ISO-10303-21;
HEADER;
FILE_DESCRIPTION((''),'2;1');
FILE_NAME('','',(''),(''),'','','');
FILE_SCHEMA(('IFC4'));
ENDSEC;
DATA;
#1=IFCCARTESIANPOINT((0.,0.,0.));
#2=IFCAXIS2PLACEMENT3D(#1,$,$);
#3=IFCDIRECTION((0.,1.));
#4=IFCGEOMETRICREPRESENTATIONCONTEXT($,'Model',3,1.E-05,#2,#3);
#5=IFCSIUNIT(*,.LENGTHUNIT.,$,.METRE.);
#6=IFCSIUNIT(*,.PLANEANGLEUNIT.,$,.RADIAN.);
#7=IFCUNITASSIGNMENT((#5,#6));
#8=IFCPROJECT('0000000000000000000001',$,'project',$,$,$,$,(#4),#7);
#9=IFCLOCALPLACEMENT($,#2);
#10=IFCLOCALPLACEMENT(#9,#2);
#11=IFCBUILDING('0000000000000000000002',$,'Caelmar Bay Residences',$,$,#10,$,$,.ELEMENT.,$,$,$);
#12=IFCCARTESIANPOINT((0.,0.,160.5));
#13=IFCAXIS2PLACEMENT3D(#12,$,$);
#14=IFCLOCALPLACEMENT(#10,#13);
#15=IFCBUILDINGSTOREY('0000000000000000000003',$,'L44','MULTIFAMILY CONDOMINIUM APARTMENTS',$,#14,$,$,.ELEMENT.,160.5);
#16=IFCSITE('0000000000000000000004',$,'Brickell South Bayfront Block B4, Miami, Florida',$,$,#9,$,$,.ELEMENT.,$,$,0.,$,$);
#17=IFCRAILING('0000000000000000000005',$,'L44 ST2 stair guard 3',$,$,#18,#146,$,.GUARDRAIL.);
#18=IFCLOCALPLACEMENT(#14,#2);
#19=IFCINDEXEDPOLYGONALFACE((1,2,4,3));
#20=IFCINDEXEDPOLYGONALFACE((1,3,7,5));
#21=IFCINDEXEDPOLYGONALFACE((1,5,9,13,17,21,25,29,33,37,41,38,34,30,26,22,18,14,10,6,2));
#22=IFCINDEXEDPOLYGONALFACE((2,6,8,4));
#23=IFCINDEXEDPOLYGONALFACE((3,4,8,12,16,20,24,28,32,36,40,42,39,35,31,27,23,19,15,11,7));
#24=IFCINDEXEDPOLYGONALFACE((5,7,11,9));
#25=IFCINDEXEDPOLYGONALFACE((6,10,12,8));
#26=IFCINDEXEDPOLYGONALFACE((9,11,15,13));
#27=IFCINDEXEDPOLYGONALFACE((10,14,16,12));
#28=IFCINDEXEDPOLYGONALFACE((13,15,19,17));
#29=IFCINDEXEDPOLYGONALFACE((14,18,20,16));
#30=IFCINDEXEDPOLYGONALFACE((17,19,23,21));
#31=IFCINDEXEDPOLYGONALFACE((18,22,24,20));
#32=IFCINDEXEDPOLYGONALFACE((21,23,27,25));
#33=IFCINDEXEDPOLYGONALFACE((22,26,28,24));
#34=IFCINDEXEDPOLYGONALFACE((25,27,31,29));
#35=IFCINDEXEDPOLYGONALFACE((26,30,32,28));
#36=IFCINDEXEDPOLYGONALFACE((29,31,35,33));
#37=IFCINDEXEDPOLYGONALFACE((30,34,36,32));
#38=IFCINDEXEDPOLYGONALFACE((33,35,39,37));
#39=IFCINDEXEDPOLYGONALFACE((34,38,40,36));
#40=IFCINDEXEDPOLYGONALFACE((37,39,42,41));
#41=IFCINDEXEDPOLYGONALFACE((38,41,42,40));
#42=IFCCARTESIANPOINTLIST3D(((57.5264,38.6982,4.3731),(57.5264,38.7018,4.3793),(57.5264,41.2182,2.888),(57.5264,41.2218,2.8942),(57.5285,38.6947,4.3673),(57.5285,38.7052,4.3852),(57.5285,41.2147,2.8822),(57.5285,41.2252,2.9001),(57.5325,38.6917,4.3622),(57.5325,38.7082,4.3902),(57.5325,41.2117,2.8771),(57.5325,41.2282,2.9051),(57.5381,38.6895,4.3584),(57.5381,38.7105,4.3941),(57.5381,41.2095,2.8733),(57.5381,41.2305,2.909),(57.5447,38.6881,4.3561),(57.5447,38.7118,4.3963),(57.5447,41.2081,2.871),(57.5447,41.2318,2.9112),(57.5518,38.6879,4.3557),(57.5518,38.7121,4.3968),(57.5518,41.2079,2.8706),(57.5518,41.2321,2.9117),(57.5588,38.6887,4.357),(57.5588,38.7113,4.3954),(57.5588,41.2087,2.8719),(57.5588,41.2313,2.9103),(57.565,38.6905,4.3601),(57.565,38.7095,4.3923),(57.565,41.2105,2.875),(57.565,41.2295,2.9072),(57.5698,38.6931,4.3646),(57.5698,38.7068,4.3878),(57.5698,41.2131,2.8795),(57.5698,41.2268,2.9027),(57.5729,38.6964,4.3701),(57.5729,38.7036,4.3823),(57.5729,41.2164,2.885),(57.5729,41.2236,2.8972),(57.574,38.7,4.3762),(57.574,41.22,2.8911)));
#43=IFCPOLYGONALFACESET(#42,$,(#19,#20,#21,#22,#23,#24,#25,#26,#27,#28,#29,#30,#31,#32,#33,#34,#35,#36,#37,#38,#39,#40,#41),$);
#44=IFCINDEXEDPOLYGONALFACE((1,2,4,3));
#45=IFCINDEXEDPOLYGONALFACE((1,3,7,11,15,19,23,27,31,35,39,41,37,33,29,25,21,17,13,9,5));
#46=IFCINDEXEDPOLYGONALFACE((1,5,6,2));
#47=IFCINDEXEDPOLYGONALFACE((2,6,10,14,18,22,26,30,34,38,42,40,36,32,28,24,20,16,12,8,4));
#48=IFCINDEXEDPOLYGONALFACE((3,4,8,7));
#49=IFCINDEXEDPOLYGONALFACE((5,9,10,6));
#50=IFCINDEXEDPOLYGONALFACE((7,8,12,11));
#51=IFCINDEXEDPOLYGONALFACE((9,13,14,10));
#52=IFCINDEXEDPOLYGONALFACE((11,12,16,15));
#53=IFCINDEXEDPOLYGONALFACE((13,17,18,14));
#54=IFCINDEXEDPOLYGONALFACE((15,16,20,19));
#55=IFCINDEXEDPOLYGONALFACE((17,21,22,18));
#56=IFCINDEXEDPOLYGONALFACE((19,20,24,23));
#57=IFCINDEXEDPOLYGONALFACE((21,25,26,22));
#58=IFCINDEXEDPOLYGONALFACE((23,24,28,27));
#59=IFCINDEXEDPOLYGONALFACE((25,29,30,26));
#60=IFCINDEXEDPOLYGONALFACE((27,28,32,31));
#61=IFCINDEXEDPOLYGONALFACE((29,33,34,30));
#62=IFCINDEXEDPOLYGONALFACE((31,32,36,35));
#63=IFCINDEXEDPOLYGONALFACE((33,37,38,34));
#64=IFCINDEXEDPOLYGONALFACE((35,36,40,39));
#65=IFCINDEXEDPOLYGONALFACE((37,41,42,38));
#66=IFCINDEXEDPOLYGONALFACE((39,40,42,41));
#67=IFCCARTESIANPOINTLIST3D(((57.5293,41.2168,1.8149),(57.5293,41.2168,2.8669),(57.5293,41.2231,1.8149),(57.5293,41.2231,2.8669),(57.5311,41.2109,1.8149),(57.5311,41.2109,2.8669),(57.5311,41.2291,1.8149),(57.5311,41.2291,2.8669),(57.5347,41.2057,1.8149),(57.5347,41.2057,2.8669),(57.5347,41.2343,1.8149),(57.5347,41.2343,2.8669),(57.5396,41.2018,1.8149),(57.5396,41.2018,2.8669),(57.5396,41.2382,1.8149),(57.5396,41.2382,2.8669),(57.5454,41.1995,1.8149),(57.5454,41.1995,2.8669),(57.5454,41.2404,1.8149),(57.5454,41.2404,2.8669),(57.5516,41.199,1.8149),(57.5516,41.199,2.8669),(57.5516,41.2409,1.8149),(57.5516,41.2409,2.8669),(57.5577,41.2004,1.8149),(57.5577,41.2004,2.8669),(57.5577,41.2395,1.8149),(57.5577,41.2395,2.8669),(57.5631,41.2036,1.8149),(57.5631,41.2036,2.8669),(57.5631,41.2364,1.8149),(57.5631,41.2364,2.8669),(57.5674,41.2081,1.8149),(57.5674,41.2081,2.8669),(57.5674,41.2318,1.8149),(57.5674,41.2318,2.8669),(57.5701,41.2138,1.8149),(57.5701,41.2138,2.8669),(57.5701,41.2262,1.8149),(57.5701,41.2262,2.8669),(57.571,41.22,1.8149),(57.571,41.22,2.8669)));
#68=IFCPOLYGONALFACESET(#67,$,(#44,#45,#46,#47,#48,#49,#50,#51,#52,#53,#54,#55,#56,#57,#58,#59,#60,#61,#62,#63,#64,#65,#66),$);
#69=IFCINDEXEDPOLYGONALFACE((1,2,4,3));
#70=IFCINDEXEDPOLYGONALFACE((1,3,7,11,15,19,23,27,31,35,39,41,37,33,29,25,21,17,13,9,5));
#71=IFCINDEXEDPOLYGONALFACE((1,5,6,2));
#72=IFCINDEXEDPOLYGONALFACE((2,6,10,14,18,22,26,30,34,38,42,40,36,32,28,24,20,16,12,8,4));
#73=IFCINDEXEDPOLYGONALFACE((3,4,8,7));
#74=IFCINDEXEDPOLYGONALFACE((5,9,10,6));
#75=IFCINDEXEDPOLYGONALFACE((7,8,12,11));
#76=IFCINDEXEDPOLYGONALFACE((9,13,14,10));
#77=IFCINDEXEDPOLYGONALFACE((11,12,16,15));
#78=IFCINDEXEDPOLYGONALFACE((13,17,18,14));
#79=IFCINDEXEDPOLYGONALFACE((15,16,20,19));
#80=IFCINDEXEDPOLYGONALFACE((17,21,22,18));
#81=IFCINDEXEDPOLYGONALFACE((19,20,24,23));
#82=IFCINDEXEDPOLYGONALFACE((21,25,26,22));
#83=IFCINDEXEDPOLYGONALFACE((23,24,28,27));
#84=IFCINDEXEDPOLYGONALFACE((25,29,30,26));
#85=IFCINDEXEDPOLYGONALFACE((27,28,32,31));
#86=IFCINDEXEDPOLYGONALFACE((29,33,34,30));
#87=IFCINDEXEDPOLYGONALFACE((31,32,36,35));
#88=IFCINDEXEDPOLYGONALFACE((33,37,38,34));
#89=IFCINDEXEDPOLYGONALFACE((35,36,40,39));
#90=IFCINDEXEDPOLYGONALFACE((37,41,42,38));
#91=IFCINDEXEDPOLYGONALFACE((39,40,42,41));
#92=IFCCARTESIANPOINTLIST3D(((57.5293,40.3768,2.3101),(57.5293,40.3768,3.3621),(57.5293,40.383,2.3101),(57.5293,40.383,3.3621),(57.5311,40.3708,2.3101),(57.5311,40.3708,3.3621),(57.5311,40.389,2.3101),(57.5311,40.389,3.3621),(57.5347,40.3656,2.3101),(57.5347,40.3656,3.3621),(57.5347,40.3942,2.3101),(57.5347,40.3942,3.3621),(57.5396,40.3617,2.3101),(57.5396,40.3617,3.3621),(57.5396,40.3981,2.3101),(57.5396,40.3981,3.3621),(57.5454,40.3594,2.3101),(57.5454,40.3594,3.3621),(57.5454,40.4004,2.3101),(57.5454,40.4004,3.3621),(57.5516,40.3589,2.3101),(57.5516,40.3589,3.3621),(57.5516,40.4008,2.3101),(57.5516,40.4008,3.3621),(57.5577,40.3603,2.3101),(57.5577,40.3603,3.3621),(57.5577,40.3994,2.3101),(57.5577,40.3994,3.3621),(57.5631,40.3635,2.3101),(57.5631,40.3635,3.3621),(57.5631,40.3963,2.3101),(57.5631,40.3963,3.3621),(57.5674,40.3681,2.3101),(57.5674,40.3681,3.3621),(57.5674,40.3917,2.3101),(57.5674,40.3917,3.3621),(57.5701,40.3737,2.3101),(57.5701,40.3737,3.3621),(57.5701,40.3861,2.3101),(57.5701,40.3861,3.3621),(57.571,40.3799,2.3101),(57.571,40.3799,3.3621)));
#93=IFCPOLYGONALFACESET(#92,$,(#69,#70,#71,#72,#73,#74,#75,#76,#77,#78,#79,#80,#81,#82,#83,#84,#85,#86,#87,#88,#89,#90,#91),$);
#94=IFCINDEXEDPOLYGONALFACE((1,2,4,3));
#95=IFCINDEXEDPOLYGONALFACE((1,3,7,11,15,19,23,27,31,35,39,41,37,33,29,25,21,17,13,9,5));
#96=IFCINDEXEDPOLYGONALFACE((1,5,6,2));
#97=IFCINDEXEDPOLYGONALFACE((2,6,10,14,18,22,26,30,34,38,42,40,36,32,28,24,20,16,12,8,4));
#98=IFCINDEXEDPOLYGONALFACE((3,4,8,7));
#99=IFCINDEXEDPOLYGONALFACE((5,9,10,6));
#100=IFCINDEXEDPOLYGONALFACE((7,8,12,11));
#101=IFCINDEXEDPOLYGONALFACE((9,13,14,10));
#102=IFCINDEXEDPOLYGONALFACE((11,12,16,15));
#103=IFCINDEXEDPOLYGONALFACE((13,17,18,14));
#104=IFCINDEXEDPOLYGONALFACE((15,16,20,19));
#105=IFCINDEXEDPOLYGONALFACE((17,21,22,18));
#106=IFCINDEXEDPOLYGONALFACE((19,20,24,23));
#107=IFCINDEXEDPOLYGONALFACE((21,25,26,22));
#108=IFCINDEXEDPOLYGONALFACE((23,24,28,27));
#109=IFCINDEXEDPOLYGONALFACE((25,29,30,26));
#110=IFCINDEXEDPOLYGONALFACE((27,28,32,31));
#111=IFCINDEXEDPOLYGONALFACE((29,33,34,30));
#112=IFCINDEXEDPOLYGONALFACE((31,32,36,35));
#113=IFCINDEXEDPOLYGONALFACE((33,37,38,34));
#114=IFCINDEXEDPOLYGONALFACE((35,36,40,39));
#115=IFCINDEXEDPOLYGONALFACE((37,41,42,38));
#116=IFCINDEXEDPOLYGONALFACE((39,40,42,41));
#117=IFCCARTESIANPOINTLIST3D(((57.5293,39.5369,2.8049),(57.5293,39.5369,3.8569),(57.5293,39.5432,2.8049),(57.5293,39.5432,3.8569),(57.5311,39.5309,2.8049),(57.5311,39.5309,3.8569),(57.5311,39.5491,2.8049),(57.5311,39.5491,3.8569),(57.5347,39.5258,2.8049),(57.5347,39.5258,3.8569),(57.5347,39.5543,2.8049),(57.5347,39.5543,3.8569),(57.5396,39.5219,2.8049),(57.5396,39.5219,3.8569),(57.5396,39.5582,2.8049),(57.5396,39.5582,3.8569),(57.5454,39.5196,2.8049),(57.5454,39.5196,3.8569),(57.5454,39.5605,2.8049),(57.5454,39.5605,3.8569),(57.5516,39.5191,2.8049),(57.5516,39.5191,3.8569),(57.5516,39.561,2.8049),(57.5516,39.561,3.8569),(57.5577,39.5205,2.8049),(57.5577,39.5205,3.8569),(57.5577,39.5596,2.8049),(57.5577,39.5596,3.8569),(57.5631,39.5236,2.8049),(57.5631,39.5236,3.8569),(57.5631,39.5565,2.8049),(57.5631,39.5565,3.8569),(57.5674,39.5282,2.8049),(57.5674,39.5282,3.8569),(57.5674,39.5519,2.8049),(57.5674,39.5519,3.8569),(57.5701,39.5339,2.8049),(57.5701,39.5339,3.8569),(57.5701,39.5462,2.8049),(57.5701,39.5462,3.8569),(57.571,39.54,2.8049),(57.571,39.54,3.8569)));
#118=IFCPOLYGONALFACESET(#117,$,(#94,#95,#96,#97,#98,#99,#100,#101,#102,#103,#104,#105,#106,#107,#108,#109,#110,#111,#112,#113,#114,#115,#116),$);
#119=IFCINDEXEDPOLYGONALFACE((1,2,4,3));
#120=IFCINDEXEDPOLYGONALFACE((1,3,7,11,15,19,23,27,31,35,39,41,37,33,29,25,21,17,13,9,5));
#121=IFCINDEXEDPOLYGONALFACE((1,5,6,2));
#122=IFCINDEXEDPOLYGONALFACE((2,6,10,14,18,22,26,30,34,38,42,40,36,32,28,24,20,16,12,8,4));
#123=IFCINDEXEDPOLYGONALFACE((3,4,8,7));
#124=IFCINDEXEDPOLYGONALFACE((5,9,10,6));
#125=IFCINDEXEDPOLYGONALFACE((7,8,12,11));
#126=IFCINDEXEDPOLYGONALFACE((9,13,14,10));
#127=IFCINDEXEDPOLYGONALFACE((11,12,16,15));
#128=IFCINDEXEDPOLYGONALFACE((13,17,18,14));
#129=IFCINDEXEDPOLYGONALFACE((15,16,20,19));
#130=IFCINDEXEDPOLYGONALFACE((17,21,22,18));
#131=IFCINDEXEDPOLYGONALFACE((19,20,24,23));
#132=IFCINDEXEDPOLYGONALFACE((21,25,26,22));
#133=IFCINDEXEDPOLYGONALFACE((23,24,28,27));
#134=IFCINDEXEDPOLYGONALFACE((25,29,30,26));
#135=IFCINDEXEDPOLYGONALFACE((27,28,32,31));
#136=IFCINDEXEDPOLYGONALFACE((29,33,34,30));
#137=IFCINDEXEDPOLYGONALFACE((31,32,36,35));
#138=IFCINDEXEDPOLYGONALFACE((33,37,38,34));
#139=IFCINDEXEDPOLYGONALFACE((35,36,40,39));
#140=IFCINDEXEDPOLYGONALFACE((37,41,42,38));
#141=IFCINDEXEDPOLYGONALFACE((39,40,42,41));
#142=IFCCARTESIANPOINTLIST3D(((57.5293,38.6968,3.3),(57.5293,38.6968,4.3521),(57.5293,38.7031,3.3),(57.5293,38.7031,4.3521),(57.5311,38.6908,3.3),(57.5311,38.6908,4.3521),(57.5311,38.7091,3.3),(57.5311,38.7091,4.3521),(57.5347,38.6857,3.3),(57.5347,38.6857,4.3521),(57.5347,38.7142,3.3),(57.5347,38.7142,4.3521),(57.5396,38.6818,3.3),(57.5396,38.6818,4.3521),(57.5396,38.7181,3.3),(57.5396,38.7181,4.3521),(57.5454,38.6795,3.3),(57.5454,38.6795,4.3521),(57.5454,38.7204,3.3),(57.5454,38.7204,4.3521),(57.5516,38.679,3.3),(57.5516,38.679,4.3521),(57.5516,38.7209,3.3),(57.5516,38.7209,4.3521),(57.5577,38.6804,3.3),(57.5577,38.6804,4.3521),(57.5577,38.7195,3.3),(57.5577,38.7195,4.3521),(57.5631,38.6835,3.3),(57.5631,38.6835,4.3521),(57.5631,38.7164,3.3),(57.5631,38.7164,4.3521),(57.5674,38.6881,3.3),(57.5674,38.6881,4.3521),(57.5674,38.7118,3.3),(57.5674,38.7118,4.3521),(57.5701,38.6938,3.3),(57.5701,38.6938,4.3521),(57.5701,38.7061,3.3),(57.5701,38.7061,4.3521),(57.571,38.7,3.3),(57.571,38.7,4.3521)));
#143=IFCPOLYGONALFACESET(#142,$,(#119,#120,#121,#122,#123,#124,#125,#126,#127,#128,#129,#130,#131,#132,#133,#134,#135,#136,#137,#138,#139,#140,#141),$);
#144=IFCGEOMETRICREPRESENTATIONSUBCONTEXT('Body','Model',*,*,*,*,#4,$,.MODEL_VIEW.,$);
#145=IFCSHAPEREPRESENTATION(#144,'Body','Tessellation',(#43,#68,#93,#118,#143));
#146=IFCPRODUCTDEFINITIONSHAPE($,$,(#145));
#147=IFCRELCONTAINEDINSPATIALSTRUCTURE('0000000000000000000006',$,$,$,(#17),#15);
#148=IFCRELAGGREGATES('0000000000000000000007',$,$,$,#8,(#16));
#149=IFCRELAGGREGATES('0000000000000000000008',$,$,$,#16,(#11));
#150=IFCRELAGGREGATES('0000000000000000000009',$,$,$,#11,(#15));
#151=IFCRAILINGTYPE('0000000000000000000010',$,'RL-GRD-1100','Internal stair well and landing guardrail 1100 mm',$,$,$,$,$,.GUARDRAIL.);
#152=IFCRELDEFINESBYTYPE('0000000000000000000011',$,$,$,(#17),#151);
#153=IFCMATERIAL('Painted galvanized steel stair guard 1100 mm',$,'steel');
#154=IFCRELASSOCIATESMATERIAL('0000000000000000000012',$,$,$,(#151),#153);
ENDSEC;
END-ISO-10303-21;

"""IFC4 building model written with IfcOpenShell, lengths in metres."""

from ifc_helpers import new_model, si_unit, direction, frame, origin, origin_2d, place, context, subcontext, project, spatial, circle, extrude, material, type_object, element, save


model = new_model("IFC4")

# Units and contexts
model_context = context("Model", 3, precision=1e-05, world=origin(), true_north=direction((0.0, 1.0)))
body_context = subcontext(model_context, "Body", "Model", "MODEL_VIEW")
ifc_project = project(units=[si_unit("LENGTHUNIT", "METRE"), si_unit("PLANEANGLEUNIT", "RADIAN")], contexts=[model_context])

# Site, building, storey
site_placement = place(None, origin())
site = spatial("IfcSite", under=ifc_project, at=site_placement, Name="Brickell South Bayfront Block B4, Miami, Florida", CompositionType="ELEMENT", RefElevation=0.0)
building_placement = place(site_placement, origin())
building = spatial("IfcBuilding", under=site, at=building_placement, Name="Caelmar Bay Residences", CompositionType="ELEMENT")
storey_placement = place(building_placement, frame((0.0, 0.0, 160.5)))
storey = spatial("IfcBuildingStorey", under=building, at=storey_placement, Name="L44", Description="MULTIFAMILY CONDOMINIUM APARTMENTS", CompositionType="ELEMENT", Elevation=160.5)

# Railing
ifc_material_1 = material(Name="Painted galvanized steel stair guard 1100 mm", Category="steel")
railing_type_1 = type_object("IfcRailingType", Name="RL-GRD-1100", Description="Internal stair well and landing guardrail 1100 mm", PredefinedType="GUARDRAIL", material=ifc_material_1)
railing_1_placement = place(storey_placement, frame((57.55, 41.22, 1.8149)))
element("IfcRailing", 1, at=railing_1_placement, inside=storey, type_object=railing_type_1, Name="L44 ST2 stair guard 3", PredefinedType="GUARDRAIL", context=body_context, shape_type="SweptSolid", body=[
    extrude(circle(Radius=0.0239, at=origin_2d()), frame((0.0, 0.0, 1.0762), z_axis=(0.0, -0.861524, 0.507717), x_axis=(1.0, 0.0, 0.0)), (0.0, 0.0, 1.0), 2.925),
    extrude(circle(Radius=0.021, at=origin_2d()), origin(), (0.0, 0.0, 1.0), 1.052),
    extrude(circle(Radius=0.021, at=origin_2d()), frame((0.0, -0.8401, 0.4951)), (0.0, 0.0, 1.0), 1.052),
    extrude(circle(Radius=0.021, at=origin_2d()), frame((0.0, -1.6799, 0.99)), (0.0, 0.0, 1.0), 1.052),
    extrude(circle(Radius=0.021, at=origin_2d()), frame((0.0, -2.52, 1.4851)), (0.0, 0.0, 1.0), 1.052),
])

save(model, "model.ifc")
